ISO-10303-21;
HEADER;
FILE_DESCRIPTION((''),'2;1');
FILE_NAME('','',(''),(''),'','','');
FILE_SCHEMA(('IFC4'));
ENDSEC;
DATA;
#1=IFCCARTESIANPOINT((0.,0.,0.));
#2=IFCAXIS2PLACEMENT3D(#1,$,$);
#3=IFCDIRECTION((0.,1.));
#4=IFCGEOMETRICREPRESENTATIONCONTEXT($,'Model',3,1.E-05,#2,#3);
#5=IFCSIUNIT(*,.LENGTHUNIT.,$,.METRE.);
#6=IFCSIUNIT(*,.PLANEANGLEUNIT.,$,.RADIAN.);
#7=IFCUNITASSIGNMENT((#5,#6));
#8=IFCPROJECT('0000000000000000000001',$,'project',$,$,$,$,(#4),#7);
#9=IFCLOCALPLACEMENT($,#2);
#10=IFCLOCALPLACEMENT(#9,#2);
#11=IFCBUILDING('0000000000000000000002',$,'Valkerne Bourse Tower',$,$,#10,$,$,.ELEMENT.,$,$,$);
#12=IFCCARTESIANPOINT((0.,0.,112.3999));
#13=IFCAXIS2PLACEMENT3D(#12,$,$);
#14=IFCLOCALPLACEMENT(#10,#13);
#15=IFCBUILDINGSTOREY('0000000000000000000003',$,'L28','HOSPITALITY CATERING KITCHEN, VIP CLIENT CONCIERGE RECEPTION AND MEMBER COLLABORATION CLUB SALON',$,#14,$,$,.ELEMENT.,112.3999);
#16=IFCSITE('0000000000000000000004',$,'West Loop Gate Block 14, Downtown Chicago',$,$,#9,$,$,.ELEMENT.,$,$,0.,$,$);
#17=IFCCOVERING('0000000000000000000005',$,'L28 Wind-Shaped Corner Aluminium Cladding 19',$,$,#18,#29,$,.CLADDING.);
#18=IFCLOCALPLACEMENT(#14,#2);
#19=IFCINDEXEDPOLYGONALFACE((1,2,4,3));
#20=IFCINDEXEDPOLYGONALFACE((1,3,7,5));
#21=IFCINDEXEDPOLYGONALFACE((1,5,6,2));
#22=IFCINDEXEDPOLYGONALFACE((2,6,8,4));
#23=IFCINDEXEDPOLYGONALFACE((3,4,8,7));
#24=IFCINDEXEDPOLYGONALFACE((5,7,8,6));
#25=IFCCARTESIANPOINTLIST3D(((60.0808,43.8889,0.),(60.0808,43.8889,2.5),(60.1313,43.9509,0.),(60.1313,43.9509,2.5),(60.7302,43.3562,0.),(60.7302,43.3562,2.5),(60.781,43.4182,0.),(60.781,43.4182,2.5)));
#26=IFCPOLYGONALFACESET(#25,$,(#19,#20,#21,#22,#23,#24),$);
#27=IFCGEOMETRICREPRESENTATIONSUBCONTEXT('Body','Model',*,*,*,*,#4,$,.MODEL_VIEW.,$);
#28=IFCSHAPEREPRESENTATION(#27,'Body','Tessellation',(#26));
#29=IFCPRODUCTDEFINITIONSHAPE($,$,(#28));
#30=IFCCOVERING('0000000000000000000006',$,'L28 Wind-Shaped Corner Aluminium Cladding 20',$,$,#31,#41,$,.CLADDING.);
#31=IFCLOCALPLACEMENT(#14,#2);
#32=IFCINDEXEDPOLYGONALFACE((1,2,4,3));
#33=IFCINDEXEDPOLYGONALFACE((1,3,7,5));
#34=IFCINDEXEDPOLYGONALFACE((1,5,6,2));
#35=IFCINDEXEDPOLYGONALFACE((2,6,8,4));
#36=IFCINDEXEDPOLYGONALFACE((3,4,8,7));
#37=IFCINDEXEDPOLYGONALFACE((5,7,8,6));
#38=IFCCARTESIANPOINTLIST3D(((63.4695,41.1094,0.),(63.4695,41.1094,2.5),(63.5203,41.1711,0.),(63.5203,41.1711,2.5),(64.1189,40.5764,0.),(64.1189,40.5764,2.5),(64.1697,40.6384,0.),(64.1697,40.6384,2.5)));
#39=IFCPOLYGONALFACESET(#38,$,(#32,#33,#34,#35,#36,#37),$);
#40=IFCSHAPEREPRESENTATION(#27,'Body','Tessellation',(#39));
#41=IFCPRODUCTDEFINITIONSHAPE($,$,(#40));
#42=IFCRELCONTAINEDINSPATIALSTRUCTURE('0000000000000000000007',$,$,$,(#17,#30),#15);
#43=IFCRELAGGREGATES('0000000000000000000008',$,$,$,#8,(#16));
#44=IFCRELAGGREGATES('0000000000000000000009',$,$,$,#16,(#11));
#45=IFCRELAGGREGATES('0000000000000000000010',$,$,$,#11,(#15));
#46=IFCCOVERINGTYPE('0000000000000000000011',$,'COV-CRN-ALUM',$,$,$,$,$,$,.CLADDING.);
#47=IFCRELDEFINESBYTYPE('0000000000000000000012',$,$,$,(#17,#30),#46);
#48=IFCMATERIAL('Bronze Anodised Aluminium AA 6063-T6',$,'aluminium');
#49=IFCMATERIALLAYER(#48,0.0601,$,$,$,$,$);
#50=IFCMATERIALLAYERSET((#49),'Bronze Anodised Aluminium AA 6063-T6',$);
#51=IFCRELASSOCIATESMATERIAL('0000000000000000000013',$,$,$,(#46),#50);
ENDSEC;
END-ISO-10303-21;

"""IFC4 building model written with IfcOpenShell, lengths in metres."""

from ifc_helpers import new_model, si_unit, direction, frame, origin, place, context, subcontext, project, spatial, polyline, outline, extrude, material, layer, layer_set, type_object, element, save


model = new_model("IFC4")

# Units and contexts
model_context = context("Model", 3, precision=1e-05, world=origin(), true_north=direction((0.0, 1.0)))
body_context = subcontext(model_context, "Body", "Model", "MODEL_VIEW")
ifc_project = project(units=[si_unit("LENGTHUNIT", "METRE"), si_unit("PLANEANGLEUNIT", "RADIAN")], contexts=[model_context])

# Site, building, storey
site_placement = place(None, origin())
site = spatial("IfcSite", under=ifc_project, at=site_placement, Name="West Loop Gate Block 14, Downtown Chicago", CompositionType="ELEMENT", RefElevation=0.0)
building_placement = place(site_placement, origin())
building = spatial("IfcBuilding", under=site, at=building_placement, Name="Valkerne Bourse Tower", CompositionType="ELEMENT")
storey_placement = place(building_placement, frame((0.0, 0.0, 112.3999)))
storey = spatial("IfcBuildingStorey", under=building, at=storey_placement, Name="L28", Description="HOSPITALITY CATERING KITCHEN, VIP CLIENT CONCIERGE RECEPTION AND MEMBER COLLABORATION CLUB SALON", CompositionType="ELEMENT", Elevation=112.3999)

# Coverings
ifc_material_1 = material(Name="Bronze Anodised Aluminium AA 6063-T6", Category="aluminium")
ifc_layer_1 = layer(ifc_material_1, 0.0601)
ifc_layer_set_1 = layer_set([ifc_layer_1], Name="Bronze Anodised Aluminium AA 6063-T6")
covering_type = type_object("IfcCoveringType", Name="COV-CRN-ALUM", PredefinedType="CLADDING", material=ifc_layer_set_1)
covering_1_placement = place(storey_placement, origin())
element("IfcCovering", 1, at=covering_1_placement, inside=storey, type_object=covering_type, Name="L28 Wind-Shaped Corner Aluminium Cladding 19", PredefinedType="CLADDING", context=body_context, shape_type="SweptSolid", body=[
    extrude(outline(polyline([(60.781, 43.4182), (60.7302, 43.3562), (60.0808, 43.8889), (60.1313, 43.9509), (60.781, 43.4182)])), origin(), (0.0, 0.0, 1.0), 2.5),
])
covering_2_placement = place(storey_placement, origin())
element("IfcCovering", 2, at=covering_2_placement, inside=storey, type_object=covering_type, Name="L28 Wind-Shaped Corner Aluminium Cladding 20", PredefinedType="CLADDING", context=body_context, shape_type="SweptSolid", body=[
    extrude(outline(polyline([(64.1697, 40.6384), (64.1189, 40.5764), (63.4695, 41.1094), (63.5203, 41.1711), (64.1697, 40.6384)])), origin(), (0.0, 0.0, 1.0), 2.5),
])

save(model, "model.ifc")
